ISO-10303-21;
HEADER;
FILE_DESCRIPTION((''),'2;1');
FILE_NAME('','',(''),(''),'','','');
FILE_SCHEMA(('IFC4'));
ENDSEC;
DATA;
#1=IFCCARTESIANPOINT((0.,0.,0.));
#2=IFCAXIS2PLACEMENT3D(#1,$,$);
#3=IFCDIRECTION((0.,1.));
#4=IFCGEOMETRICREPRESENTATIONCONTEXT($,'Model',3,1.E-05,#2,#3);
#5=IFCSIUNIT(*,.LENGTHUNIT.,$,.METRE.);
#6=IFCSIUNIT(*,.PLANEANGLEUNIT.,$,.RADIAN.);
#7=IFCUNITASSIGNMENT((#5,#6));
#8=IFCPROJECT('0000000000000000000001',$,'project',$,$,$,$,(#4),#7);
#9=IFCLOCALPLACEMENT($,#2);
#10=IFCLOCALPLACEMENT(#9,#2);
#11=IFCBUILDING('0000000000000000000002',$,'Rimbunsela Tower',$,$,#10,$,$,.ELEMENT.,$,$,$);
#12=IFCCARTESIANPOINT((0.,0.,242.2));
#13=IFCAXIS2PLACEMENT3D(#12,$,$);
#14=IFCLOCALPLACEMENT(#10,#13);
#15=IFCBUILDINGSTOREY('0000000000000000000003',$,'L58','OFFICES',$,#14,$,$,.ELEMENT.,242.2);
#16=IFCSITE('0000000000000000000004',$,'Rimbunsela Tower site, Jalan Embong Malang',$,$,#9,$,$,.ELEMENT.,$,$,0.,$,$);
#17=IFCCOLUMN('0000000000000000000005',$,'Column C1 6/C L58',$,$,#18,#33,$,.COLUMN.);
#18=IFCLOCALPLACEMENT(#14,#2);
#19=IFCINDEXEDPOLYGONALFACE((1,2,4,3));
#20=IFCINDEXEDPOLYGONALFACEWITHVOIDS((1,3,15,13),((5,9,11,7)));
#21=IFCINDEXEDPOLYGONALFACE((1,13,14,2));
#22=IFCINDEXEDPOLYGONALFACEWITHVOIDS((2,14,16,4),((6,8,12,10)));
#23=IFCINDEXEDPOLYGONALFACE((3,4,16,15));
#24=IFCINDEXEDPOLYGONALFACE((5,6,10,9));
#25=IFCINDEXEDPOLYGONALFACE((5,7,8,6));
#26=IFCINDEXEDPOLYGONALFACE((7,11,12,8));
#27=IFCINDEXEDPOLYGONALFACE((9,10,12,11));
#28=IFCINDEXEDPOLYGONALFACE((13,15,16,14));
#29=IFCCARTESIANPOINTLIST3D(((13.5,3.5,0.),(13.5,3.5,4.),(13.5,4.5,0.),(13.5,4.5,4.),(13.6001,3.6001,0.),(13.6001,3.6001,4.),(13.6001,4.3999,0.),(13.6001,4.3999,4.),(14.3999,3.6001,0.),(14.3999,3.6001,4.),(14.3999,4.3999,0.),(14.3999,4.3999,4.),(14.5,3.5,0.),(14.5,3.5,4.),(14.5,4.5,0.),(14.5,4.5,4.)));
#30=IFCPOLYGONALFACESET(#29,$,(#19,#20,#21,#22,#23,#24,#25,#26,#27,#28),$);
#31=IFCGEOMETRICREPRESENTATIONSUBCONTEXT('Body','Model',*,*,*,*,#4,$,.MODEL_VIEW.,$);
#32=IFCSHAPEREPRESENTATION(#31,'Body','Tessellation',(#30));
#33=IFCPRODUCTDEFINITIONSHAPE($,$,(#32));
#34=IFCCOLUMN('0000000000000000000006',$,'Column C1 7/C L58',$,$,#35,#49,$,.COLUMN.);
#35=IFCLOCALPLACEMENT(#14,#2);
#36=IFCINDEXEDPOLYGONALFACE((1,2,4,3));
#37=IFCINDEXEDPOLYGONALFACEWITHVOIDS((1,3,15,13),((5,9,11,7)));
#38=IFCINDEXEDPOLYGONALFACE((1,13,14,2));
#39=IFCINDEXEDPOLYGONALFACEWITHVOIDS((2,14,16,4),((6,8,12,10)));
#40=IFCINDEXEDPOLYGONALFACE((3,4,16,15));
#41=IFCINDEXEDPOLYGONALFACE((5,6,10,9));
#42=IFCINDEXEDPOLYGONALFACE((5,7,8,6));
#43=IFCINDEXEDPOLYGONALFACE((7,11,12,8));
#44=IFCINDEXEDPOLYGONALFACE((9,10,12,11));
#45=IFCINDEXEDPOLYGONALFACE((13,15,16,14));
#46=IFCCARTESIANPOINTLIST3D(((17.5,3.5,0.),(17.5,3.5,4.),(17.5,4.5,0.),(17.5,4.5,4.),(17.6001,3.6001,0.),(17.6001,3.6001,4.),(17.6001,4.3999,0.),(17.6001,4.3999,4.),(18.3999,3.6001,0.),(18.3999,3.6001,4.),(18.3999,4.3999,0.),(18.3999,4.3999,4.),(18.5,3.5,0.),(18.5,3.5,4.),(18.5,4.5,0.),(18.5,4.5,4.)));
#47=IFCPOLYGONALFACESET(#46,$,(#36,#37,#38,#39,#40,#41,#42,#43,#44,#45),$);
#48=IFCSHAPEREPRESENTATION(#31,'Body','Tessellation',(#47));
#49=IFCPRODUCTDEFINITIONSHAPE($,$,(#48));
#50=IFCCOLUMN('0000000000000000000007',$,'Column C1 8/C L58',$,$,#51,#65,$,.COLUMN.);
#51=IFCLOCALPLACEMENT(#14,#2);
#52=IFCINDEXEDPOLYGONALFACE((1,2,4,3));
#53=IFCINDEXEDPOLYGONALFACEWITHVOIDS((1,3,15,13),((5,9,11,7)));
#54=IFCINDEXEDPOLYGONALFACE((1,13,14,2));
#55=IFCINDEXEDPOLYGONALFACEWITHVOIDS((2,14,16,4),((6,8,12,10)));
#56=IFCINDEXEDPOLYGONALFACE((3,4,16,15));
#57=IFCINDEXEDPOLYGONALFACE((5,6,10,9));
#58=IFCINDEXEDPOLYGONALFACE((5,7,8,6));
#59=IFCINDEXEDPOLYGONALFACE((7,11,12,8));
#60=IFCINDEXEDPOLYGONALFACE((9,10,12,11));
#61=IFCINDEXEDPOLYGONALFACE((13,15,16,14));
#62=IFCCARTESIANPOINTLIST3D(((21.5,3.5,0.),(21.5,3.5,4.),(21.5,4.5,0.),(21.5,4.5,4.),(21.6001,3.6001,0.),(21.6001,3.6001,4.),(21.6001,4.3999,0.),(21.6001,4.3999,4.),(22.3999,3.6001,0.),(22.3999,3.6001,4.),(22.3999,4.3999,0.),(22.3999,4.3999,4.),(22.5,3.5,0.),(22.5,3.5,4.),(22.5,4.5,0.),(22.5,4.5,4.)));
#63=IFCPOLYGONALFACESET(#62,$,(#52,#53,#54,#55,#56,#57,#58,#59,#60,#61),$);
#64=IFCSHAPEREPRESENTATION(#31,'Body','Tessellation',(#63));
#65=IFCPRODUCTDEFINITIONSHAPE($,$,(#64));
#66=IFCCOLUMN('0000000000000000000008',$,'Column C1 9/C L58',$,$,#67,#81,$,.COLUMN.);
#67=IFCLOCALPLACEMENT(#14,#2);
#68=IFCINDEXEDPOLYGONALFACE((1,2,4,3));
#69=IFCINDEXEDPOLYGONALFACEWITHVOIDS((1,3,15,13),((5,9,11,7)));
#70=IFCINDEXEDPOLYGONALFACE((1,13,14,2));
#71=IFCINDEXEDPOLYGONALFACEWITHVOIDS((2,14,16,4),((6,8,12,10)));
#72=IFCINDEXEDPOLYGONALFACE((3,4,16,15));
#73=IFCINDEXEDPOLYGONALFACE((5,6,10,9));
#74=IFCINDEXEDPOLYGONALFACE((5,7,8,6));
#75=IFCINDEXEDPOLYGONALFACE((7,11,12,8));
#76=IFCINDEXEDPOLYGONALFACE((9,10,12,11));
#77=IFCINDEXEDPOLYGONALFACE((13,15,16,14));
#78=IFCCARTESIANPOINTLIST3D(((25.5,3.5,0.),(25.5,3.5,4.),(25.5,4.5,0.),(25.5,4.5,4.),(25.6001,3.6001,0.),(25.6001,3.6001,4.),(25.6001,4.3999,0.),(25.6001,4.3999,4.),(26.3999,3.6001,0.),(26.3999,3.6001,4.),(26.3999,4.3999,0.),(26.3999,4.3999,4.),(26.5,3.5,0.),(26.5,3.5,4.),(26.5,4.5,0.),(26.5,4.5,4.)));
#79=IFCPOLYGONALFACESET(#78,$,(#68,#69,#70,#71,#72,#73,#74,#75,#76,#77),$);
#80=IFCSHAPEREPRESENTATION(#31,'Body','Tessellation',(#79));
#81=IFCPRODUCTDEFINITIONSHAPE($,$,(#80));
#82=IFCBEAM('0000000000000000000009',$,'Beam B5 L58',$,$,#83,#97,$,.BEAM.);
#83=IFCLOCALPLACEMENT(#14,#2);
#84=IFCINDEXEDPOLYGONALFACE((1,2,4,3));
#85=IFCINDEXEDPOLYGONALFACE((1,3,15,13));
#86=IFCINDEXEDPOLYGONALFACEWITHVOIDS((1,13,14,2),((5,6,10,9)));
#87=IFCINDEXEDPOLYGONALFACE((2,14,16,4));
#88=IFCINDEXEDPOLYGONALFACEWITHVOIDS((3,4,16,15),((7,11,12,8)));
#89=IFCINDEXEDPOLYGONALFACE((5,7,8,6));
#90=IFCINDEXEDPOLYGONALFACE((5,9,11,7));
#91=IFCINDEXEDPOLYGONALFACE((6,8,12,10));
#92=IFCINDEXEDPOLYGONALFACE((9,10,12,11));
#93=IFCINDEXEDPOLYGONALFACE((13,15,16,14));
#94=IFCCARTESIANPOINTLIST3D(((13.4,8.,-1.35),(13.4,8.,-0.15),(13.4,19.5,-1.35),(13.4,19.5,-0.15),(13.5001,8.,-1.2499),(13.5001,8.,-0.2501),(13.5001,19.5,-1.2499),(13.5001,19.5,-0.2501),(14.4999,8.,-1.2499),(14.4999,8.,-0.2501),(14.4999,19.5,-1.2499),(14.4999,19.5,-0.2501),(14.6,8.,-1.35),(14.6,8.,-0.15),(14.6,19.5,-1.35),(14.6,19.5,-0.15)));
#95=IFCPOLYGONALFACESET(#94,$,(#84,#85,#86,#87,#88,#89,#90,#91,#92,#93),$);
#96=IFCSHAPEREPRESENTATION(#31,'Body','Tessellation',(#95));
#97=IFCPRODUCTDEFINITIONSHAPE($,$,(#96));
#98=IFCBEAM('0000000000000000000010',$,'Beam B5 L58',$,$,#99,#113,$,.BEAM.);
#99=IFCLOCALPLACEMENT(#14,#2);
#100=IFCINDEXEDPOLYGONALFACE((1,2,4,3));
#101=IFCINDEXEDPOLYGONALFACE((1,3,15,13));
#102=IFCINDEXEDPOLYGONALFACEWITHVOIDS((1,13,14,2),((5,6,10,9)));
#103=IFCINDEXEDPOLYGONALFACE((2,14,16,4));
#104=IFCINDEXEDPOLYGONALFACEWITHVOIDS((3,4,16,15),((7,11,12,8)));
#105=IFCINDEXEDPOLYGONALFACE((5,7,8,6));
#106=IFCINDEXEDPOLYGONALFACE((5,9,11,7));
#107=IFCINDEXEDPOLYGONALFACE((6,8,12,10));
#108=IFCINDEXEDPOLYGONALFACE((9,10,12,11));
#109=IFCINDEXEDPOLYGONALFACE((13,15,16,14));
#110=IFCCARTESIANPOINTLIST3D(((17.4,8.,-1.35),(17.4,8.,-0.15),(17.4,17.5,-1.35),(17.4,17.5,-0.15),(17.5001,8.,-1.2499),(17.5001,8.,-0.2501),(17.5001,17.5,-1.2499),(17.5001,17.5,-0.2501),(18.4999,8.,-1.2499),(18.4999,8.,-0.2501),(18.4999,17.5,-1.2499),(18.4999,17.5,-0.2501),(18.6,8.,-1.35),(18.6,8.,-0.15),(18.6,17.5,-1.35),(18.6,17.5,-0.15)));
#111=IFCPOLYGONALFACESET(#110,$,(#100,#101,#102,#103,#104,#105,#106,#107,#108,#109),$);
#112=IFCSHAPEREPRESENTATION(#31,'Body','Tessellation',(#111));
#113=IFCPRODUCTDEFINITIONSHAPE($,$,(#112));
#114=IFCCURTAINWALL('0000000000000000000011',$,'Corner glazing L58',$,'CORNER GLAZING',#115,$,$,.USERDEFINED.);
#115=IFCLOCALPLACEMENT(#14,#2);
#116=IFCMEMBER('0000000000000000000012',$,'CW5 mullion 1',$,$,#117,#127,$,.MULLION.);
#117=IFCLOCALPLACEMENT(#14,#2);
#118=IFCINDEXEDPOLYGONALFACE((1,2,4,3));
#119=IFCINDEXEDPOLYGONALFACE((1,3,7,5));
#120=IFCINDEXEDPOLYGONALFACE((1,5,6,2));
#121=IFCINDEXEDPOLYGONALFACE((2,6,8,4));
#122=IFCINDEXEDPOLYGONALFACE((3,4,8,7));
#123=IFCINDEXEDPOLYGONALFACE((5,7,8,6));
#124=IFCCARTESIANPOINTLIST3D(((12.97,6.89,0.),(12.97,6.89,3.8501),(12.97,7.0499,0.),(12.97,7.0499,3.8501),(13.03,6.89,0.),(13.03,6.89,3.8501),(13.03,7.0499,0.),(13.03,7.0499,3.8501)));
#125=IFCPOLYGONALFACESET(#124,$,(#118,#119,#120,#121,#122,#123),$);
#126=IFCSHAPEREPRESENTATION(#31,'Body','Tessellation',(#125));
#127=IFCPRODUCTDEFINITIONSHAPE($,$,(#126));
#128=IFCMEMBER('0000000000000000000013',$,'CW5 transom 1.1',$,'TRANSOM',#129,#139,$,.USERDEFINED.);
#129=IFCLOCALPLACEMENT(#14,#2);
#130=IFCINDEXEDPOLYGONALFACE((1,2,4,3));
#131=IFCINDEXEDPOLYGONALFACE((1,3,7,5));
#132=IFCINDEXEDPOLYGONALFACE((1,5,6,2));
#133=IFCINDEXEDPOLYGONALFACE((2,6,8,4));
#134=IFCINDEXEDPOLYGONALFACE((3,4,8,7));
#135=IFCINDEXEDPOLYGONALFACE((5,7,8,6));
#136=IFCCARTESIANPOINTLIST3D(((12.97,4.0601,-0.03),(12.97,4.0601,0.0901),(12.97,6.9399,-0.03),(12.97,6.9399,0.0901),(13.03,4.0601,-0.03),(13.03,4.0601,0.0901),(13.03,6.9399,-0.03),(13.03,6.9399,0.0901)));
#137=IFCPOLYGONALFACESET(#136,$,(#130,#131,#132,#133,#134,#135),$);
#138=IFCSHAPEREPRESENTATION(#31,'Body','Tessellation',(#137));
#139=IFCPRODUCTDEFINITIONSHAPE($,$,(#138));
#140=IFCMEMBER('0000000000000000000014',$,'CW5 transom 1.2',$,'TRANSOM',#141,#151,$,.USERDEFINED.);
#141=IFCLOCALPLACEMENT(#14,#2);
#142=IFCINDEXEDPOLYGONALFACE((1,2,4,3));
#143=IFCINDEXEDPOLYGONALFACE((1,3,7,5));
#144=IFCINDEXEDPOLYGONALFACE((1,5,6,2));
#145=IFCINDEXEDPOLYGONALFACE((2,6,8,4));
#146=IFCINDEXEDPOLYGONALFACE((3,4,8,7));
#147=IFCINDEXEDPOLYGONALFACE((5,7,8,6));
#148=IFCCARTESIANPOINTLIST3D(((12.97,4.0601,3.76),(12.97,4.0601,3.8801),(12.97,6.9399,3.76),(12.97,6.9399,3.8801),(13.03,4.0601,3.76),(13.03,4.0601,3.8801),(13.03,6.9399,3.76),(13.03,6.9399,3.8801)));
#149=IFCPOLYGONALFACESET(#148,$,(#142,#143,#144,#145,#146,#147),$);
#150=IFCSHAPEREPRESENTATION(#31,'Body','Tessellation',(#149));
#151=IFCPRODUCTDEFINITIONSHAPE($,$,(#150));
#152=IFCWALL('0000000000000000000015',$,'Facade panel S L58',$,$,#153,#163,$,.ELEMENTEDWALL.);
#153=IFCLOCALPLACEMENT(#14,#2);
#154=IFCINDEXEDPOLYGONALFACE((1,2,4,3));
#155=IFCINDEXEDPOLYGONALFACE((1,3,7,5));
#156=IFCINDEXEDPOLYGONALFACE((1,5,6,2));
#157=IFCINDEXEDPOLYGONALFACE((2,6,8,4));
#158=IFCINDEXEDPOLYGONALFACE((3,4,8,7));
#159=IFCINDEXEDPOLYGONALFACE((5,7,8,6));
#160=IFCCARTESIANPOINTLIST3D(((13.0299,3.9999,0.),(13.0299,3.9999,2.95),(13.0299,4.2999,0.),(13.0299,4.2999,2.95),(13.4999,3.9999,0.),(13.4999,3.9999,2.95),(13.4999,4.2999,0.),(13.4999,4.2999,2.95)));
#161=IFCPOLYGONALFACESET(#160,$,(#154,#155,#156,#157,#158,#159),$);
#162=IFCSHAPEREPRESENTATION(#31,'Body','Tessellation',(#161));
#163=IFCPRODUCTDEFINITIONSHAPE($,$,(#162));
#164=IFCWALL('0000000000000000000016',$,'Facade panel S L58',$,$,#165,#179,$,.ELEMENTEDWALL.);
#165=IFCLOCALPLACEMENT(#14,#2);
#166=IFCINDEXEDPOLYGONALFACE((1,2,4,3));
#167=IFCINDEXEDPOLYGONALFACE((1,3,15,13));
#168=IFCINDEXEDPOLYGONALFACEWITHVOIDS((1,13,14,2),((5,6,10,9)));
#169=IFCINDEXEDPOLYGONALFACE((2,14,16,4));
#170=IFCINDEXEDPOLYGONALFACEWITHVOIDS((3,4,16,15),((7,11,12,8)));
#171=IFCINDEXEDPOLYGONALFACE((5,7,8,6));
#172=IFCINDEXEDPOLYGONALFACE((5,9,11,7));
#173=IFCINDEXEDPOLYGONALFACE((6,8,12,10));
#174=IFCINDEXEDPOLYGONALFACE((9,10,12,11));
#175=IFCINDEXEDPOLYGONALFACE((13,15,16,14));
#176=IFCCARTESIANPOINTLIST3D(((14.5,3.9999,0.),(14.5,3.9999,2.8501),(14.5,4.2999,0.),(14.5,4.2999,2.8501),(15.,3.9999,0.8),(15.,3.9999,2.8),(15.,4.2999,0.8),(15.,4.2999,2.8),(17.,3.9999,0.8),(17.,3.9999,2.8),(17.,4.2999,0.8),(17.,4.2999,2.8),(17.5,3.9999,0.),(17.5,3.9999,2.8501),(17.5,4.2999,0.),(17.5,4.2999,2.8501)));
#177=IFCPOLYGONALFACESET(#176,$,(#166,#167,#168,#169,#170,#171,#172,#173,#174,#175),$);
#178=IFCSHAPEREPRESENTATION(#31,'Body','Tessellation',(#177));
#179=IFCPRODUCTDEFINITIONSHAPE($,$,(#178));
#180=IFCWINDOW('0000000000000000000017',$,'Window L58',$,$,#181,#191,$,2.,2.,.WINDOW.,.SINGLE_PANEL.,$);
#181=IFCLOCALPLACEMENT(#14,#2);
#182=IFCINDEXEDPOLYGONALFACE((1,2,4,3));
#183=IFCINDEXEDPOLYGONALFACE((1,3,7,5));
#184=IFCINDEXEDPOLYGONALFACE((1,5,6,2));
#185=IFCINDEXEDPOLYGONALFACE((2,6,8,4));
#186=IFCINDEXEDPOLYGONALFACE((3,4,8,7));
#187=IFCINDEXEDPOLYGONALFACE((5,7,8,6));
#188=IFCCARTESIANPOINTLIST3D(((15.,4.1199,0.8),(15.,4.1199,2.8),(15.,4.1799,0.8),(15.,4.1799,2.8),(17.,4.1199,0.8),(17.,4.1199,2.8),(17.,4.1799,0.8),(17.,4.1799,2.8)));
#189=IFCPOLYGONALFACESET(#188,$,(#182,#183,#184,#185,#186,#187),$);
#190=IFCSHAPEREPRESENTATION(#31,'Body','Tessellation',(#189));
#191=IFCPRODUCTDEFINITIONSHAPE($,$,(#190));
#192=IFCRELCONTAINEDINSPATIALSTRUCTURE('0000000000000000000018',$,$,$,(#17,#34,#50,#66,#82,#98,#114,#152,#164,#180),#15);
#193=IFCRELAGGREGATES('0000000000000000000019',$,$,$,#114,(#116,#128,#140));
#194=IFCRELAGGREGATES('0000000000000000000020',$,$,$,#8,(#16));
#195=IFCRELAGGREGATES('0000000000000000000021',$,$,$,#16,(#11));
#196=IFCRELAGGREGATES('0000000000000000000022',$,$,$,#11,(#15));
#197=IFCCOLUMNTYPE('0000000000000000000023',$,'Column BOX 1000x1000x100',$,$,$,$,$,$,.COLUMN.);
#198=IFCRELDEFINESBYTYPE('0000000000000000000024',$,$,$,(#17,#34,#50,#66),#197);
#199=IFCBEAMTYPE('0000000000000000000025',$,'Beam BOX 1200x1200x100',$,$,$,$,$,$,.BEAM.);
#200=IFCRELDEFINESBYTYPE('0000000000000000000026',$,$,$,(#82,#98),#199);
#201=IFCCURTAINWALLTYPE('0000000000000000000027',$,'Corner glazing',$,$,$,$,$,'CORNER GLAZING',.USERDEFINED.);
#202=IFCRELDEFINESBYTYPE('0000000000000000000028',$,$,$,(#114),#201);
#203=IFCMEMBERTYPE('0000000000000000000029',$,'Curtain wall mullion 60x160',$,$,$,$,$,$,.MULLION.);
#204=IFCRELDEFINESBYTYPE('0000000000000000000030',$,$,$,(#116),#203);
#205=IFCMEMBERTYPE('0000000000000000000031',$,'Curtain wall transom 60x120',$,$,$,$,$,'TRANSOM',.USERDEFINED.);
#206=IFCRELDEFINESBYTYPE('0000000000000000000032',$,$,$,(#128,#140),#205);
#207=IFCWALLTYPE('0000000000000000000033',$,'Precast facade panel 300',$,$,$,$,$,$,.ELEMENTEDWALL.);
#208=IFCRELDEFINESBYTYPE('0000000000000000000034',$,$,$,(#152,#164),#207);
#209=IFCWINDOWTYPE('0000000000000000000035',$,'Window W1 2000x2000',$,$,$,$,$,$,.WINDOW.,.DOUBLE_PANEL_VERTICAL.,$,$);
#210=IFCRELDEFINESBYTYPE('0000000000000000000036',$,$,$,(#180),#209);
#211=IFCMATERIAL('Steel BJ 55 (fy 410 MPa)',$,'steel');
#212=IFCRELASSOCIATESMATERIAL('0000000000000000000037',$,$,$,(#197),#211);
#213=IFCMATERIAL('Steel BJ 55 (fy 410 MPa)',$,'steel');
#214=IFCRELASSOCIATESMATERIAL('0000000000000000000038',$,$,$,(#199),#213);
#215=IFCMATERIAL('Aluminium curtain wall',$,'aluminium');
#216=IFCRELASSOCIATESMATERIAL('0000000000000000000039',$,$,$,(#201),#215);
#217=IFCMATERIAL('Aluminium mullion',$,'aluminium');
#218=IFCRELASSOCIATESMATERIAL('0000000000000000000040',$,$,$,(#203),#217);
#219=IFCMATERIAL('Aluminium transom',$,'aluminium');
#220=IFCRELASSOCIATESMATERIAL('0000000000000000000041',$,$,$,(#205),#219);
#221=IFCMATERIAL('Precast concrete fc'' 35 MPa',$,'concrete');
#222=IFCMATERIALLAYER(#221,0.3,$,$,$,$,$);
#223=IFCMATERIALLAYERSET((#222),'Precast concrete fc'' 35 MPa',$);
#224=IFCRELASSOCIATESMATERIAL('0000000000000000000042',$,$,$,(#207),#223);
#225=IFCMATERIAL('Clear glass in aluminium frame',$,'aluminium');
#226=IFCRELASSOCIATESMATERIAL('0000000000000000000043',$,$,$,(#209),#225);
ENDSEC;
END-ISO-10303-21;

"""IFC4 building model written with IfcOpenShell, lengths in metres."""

from ifc_helpers import new_model, si_unit, direction, frame, frame_2d, origin, origin_2d, place, context, subcontext, project, spatial, rectangle, hollow_rectangle, extrude, material, layer, layer_set, material_profile, profile_set, type_object, element, fill, aggregate, save


model = new_model("IFC4")

# Units and contexts
model_context = context("Model", 3, precision=1e-05, world=origin(), true_north=direction((0.0, 1.0)))
body_context = subcontext(model_context, "Body", "Model", "MODEL_VIEW")
ifc_project = project(units=[si_unit("LENGTHUNIT", "METRE"), si_unit("PLANEANGLEUNIT", "RADIAN")], contexts=[model_context])

# Site, building, storey
site_placement = place(None, origin())
site = spatial("IfcSite", under=ifc_project, at=site_placement, Name="Rimbunsela Tower site, Jalan Embong Malang", CompositionType="ELEMENT", RefElevation=0.0)
building_placement = place(site_placement, origin())
building = spatial("IfcBuilding", under=site, at=building_placement, Name="Rimbunsela Tower", CompositionType="ELEMENT")
storey_placement = place(building_placement, frame((0.0, 0.0, 242.2)))
storey = spatial("IfcBuildingStorey", under=building, at=storey_placement, Name="L58", Description="OFFICES", CompositionType="ELEMENT", Elevation=242.2)

# Columns
ifc_material_1 = material(Name="Steel BJ 55 (fy 410 MPa)", Category="steel")
ifc_material_profile_1 = material_profile(ifc_material_1, hollow_rectangle(XDim=1.0, YDim=1.0, WallThickness=0.1001, at=origin_2d()), Name="BOX 1000x1000x100")
ifc_profile_set_1 = profile_set([ifc_material_profile_1], Name="Steel BJ 55 (fy 410 MPa)")
column_type = type_object("IfcColumnType", Name="Column BOX 1000x1000x100", PredefinedType="COLUMN", material=ifc_profile_set_1)
for number, where, z_axis, x_axis, name in (
    (1, (14.0, 4.0, 0.0), (0.0, 0.0, 1.0), (1.0, 0.0, 0.0), "Column C1 6/C L58"),
    (2, (18.0, 4.0, 0.0), (0.0, 0.0, 1.0), (1.0, 0.0, 0.0), "Column C1 7/C L58"),
    (3, (22.0, 4.0, 0.0), (0.0, 0.0, 1.0), (1.0, 0.0, 0.0), "Column C1 8/C L58"),
    (4, (26.0, 4.0, 0.0), (0.0, 0.0, 1.0), (1.0, 0.0, 0.0), "Column C1 9/C L58"),
):
    element("IfcColumn", number, at=place(storey_placement, frame(where, z_axis=z_axis, x_axis=x_axis)), inside=storey, type_object=column_type, Name=name, PredefinedType="COLUMN", context=body_context, shape_type="SweptSolid", body=[
        extrude(hollow_rectangle(XDim=1.0, YDim=1.0, WallThickness=0.1001, at=origin_2d()), origin(), (0.0, 0.0, 1.0), 4.0),
    ])

# Beams
ifc_material_2 = material(Name="Steel BJ 55 (fy 410 MPa)", Category="steel")
ifc_material_profile_2 = material_profile(ifc_material_2, hollow_rectangle(XDim=1.2, YDim=1.2, WallThickness=0.1001, at=origin_2d()), Name="BOX 1200x1200x100")
ifc_profile_set_2 = profile_set([ifc_material_profile_2], Name="Steel BJ 55 (fy 410 MPa)")
beam_type = type_object("IfcBeamType", Name="Beam BOX 1200x1200x100", PredefinedType="BEAM", material=ifc_profile_set_2)
beam_1_placement = place(storey_placement, frame((14.0, 8.0, -0.75), z_axis=(0.0, 1.0, 0.0), x_axis=(-1.0, 0.0, 0.0)))
element("IfcBeam", 5, at=beam_1_placement, inside=storey, type_object=beam_type, Name="Beam B5 L58", PredefinedType="BEAM", context=body_context, shape_type="SweptSolid", body=[
    extrude(hollow_rectangle(XDim=1.2, YDim=1.2, WallThickness=0.1001, at=origin_2d()), origin(), (0.0, 0.0, 1.0), 11.5),
])
beam_2_placement = place(storey_placement, frame((18.0, 8.0, -0.75), z_axis=(0.0, 1.0, 0.0), x_axis=(-1.0, 0.0, 0.0)))
element("IfcBeam", 6, at=beam_2_placement, inside=storey, type_object=beam_type, Name="Beam B5 L58", PredefinedType="BEAM", context=body_context, shape_type="SweptSolid", body=[
    extrude(hollow_rectangle(XDim=1.2, YDim=1.2, WallThickness=0.1001, at=origin_2d()), origin(), (0.0, 0.0, 1.0), 9.5),
])

# Curtain wall, members
ifc_material_3 = material(Name="Aluminium curtain wall", Category="aluminium")
curtain_wall_type = type_object("IfcCurtainWallType", Name="Corner glazing", ElementType="CORNER GLAZING", PredefinedType="USERDEFINED", material=ifc_material_3)
curtain_wall_placement = place(storey_placement, origin())
curtain_wall = element("IfcCurtainWall", 7, at=curtain_wall_placement, inside=storey, type_object=curtain_wall_type, Name="Corner glazing L58", ObjectType="CORNER GLAZING", PredefinedType="USERDEFINED")
ifc_material_4 = material(Name="Aluminium mullion", Category="aluminium")
ifc_material_profile_3 = material_profile(ifc_material_4, rectangle(XDim=0.0601, YDim=0.1599, at=origin_2d()), Name="Mullion 60x160")
ifc_profile_set_3 = profile_set([ifc_material_profile_3], Name="Aluminium mullion")
member_type_1 = type_object("IfcMemberType", Name="Curtain wall mullion 60x160", PredefinedType="MULLION", material=ifc_profile_set_3)
member_1_placement = place(storey_placement, frame((13.0, 6.97, 0.0), z_axis=(0.0, 0.0, 1.0), x_axis=(1.0, 0.0, 0.0)))
member_1 = element("IfcMember", 8, at=member_1_placement, type_object=member_type_1, Name="CW5 mullion 1", PredefinedType="MULLION", context=body_context, shape_type="SweptSolid", body=[
    extrude(rectangle(XDim=0.0601, YDim=0.1599, at=origin_2d()), origin(), (0.0, 0.0, 1.0), 3.8501),
])
ifc_material_5 = material(Name="Aluminium transom", Category="aluminium")
ifc_material_profile_4 = material_profile(ifc_material_5, rectangle(XDim=0.0601, YDim=0.1201, at=origin_2d()), Name="Transom 60x120")
ifc_profile_set_4 = profile_set([ifc_material_profile_4], Name="Aluminium transom")
member_type_2 = type_object("IfcMemberType", Name="Curtain wall transom 60x120", ElementType="TRANSOM", PredefinedType="USERDEFINED", material=ifc_profile_set_4)
member_2_placement = place(storey_placement, frame((13.0, 6.9399, 0.03), z_axis=(0.0, -1.0, 0.0), x_axis=(1.0, 0.0, 0.0)))
member_2 = element("IfcMember", 9, at=member_2_placement, type_object=member_type_2, Name="CW5 transom 1.1", ObjectType="TRANSOM", PredefinedType="USERDEFINED", context=body_context, shape_type="SweptSolid", body=[
    extrude(rectangle(XDim=0.0601, YDim=0.1201, at=origin_2d()), origin(), (0.0, 0.0, 1.0), 2.8799),
])
member_3_placement = place(storey_placement, frame((13.0, 6.9399, 3.8201), z_axis=(0.0, -1.0, 0.0), x_axis=(1.0, 0.0, 0.0)))
member_3 = element("IfcMember", 10, at=member_3_placement, type_object=member_type_2, Name="CW5 transom 1.2", ObjectType="TRANSOM", PredefinedType="USERDEFINED", context=body_context, shape_type="SweptSolid", body=[
    extrude(rectangle(XDim=0.0601, YDim=0.1201, at=origin_2d()), origin(), (0.0, 0.0, 1.0), 2.8799),
])
aggregate(curtain_wall, [member_1, member_2, member_3])

# Wall
ifc_material_6 = material(Name="Precast concrete fc' 35 MPa", Category="concrete")
ifc_layer_1 = layer(ifc_material_6, 0.3)
ifc_layer_set_1 = layer_set([ifc_layer_1], Name="Precast concrete fc' 35 MPa")
wall_type_1 = type_object("IfcWallType", Name="Precast facade panel 300", PredefinedType="ELEMENTEDWALL", material=ifc_layer_set_1)
wall_1_placement = place(storey_placement, frame((13.03, 4.1499, 0.0), z_axis=(0.0, 0.0, 1.0), x_axis=(1.0, 0.0, 0.0)))
element("IfcWall", 11, at=wall_1_placement, inside=storey, type_object=wall_type_1, Name="Facade panel S L58", PredefinedType="ELEMENTEDWALL", context=body_context, shape_type="SweptSolid", body=[
    extrude(rectangle(XDim=0.47, YDim=0.3, at=frame_2d((0.2349, 0.0))), origin(), (0.0, 0.0, 1.0), 2.95),
])

# Wall, opening, window
wall_2_placement = place(storey_placement, frame((14.5, 4.1499, 0.0), z_axis=(0.0, 0.0, 1.0), x_axis=(1.0, 0.0, 0.0)))
wall_2 = element("IfcWall", 12, at=wall_2_placement, inside=storey, type_object=wall_type_1, Name="Facade panel S L58", PredefinedType="ELEMENTEDWALL", context=body_context, shape_type="SweptSolid", body=[
    extrude(rectangle(XDim=3.0, YDim=0.3, at=frame_2d((1.5, 0.0))), origin(), (0.0, 0.0, 1.0), 2.8501),
])
opening_1_placement = place(wall_2_placement, frame((0.5, 0.0, 0.8)))
opening_1 = element("IfcOpeningElement", 13, at=opening_1_placement, cuts=wall_2, PredefinedType="OPENING", context=body_context, shape_type="SweptSolid", body=[
    extrude(rectangle(XDim=2.0, YDim=2.0, at=frame_2d((1.0, 1.0))), frame((0.0, 0.1599, 0.0), z_axis=(0.0, -1.0, 0.0), x_axis=(1.0, 0.0, 0.0)), (0.0, 0.0, 1.0), 0.3201),
])
ifc_material_7 = material(Name="Clear glass in aluminium frame", Category="aluminium")
window_type = type_object("IfcWindowType", Name="Window W1 2000x2000", PartitioningType="DOUBLE_PANEL_VERTICAL", PredefinedType="WINDOW", material=ifc_material_7)
window_1_placement = place(opening_1_placement, origin())
window_1 = element("IfcWindow", 14, at=window_1_placement, inside=storey, type_object=window_type, Name="Window L58", OverallHeight=2.0, OverallWidth=2.0, PartitioningType="SINGLE_PANEL", PredefinedType="WINDOW", context=body_context, shape_type="SweptSolid", body=[
    extrude(rectangle(XDim=2.0, YDim=2.0, at=frame_2d((1.0, 1.0))), frame((0.0, 0.03, 0.0), z_axis=(0.0, -1.0, 0.0), x_axis=(1.0, 0.0, 0.0)), (0.0, 0.0, 1.0), 0.0601),
])
fill(opening_1, window_1)

save(model, "model.ifc")
